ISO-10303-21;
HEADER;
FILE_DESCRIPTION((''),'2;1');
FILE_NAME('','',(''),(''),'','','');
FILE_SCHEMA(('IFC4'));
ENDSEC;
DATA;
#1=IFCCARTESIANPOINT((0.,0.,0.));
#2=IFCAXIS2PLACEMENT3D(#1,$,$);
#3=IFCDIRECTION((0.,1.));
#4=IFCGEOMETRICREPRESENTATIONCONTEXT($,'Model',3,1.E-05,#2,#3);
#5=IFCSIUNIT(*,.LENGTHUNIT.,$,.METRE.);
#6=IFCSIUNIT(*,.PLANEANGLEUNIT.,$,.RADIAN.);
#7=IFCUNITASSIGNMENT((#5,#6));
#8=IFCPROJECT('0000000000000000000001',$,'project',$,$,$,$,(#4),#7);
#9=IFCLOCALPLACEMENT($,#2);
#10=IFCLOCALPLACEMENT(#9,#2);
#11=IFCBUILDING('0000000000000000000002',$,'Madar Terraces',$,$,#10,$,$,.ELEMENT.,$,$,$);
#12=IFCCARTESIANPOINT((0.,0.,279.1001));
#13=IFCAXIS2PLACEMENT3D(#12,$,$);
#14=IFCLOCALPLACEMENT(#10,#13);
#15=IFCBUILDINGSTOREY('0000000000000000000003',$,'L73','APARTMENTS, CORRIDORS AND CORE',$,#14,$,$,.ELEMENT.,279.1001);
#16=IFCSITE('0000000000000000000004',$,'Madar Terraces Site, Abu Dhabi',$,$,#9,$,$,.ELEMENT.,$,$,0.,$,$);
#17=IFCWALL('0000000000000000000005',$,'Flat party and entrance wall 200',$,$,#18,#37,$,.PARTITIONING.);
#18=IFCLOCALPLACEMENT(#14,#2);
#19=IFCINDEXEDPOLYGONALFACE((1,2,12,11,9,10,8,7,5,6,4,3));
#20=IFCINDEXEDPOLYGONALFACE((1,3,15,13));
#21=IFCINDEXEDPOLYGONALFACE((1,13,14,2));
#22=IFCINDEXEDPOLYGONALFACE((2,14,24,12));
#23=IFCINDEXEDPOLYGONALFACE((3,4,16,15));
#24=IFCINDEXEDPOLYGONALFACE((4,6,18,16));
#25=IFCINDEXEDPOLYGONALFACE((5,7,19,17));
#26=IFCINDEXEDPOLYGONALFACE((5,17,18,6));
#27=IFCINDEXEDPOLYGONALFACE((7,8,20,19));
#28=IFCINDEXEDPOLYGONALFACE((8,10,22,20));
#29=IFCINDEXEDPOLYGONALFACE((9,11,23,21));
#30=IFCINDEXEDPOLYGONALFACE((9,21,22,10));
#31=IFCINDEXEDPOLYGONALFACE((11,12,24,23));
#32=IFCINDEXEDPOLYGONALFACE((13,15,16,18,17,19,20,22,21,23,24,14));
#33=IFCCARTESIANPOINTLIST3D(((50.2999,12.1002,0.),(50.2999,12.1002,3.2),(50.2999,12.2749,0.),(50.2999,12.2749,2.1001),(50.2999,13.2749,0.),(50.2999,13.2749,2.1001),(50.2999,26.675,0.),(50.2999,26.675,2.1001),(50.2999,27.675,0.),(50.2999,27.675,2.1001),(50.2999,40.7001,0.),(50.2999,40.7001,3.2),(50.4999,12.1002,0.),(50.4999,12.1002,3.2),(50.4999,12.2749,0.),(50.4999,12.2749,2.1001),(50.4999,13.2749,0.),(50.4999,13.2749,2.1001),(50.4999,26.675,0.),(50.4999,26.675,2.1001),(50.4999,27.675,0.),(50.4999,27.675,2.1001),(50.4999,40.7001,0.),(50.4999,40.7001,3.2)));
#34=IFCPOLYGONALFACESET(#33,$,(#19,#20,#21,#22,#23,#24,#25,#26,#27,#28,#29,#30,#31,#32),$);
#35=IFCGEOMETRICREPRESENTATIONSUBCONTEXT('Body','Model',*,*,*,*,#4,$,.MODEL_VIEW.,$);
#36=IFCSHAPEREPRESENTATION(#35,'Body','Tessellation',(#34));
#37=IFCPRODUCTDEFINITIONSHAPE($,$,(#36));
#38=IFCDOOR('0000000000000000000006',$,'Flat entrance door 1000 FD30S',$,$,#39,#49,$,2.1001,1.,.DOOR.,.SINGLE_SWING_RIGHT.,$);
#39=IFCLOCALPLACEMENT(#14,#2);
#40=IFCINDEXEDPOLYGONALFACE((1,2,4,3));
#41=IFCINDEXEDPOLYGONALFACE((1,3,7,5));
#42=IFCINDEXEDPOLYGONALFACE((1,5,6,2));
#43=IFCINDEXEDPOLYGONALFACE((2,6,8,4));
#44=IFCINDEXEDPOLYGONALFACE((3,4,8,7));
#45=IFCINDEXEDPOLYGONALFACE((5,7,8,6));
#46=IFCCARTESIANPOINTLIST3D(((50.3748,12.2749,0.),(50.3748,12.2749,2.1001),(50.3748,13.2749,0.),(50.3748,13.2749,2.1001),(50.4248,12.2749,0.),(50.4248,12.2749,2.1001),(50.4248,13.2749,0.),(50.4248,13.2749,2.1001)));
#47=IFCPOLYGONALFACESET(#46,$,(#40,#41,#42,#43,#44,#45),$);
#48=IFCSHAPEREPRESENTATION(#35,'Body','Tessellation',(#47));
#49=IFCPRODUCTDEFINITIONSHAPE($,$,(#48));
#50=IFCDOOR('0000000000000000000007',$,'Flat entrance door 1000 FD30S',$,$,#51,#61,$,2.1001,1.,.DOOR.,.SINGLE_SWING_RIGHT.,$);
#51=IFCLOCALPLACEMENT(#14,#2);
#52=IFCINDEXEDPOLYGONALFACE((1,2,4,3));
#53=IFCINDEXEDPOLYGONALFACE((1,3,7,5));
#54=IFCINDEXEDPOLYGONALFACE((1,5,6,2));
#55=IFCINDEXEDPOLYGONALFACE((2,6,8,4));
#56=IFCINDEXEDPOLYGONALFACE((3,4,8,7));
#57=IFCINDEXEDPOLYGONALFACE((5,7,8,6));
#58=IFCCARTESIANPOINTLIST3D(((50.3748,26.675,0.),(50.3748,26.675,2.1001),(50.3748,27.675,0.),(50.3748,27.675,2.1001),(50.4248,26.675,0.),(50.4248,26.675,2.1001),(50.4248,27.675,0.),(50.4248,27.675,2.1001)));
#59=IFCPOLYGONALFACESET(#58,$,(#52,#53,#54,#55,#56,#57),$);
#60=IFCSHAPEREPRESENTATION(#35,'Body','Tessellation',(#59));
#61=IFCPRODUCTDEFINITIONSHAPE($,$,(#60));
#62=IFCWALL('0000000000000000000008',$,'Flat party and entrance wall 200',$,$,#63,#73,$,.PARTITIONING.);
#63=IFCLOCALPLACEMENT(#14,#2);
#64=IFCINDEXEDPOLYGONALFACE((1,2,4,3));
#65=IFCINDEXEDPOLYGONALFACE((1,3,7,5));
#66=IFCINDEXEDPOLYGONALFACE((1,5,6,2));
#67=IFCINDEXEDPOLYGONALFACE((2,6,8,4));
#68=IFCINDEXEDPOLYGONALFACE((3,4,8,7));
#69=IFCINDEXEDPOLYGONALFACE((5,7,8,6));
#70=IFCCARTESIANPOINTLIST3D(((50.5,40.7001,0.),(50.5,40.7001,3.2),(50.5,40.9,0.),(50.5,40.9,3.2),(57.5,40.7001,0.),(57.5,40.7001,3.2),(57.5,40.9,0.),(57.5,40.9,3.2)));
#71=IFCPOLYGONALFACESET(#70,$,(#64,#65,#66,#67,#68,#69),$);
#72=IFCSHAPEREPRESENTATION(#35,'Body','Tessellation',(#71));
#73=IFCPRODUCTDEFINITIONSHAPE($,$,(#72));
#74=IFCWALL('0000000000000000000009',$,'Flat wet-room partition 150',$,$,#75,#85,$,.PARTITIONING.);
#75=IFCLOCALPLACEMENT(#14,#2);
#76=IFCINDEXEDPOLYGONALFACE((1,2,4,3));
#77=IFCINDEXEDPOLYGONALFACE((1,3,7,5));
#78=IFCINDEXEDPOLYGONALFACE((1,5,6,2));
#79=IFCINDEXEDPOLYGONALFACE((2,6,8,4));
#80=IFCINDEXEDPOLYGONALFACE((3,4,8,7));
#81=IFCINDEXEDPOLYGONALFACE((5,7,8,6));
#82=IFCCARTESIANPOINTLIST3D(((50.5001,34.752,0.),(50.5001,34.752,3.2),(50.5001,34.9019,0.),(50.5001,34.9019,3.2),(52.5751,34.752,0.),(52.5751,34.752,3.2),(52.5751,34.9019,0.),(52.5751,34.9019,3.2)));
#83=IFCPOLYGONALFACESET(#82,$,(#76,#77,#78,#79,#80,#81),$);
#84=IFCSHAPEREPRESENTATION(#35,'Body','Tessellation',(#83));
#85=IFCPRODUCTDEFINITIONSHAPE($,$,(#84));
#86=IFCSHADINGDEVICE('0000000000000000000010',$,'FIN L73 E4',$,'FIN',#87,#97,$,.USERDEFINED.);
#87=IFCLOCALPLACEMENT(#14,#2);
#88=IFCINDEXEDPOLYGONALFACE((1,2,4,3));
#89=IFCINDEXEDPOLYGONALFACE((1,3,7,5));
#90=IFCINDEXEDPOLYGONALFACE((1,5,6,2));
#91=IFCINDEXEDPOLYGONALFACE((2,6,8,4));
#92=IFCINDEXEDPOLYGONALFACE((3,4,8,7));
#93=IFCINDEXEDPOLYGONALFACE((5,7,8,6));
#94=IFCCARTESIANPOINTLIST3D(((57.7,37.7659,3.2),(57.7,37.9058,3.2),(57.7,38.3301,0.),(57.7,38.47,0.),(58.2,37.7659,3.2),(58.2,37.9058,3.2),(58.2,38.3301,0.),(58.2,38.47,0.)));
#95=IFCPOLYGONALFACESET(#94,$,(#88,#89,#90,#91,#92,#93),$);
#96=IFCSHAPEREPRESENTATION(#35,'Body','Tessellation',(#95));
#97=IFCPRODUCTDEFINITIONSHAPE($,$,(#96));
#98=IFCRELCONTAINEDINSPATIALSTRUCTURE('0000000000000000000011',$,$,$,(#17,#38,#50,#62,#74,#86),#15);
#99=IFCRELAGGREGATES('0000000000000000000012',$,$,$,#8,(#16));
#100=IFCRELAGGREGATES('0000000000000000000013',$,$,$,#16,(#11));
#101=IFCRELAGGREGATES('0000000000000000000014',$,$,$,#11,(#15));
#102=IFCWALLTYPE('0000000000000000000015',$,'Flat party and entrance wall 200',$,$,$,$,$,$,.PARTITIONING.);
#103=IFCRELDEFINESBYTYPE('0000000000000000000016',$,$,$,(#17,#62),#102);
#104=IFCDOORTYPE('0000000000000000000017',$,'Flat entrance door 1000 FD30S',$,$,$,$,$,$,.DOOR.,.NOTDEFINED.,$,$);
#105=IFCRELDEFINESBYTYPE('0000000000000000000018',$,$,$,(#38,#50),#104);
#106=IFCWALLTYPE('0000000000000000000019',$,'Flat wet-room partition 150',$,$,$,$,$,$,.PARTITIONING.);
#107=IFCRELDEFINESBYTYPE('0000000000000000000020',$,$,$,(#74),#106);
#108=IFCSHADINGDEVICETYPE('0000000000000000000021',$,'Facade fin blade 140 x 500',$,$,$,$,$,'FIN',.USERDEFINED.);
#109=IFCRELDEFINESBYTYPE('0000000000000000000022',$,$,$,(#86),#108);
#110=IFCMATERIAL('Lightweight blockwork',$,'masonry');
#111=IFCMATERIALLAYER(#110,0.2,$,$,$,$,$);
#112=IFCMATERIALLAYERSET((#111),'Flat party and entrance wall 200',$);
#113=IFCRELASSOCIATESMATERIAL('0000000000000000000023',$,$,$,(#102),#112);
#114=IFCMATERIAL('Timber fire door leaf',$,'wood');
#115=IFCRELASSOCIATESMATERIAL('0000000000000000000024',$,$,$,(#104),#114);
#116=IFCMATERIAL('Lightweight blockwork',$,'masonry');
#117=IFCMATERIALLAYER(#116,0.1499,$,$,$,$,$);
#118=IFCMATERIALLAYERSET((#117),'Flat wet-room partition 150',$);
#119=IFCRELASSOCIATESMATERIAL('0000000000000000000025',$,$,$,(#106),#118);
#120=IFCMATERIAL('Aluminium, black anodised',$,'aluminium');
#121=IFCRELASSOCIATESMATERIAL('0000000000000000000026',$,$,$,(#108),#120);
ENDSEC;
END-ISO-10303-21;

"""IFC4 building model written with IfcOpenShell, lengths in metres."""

from ifc_helpers import new_model, si_unit, direction, frame, frame_2d, origin, place, context, subcontext, project, spatial, polyline, rectangle, outline, extrude, material, layer, layer_set, type_object, element, fill, save


model = new_model("IFC4")

# Units and contexts
model_context = context("Model", 3, precision=1e-05, world=origin(), true_north=direction((0.0, 1.0)))
body_context = subcontext(model_context, "Body", "Model", "MODEL_VIEW")
ifc_project = project(units=[si_unit("LENGTHUNIT", "METRE"), si_unit("PLANEANGLEUNIT", "RADIAN")], contexts=[model_context])

# Site, building, storey
site_placement = place(None, origin())
site = spatial("IfcSite", under=ifc_project, at=site_placement, Name="Madar Terraces Site, Abu Dhabi", CompositionType="ELEMENT", RefElevation=0.0)
building_placement = place(site_placement, origin())
building = spatial("IfcBuilding", under=site, at=building_placement, Name="Madar Terraces", CompositionType="ELEMENT")
storey_placement = place(building_placement, frame((0.0, 0.0, 279.1001)))
storey = spatial("IfcBuildingStorey", under=building, at=storey_placement, Name="L73", Description="APARTMENTS, CORRIDORS AND CORE", CompositionType="ELEMENT", Elevation=279.1001)

# Wall, openings, doors
ifc_material_1 = material(Name="Lightweight blockwork", Category="masonry")
ifc_layer_1 = layer(ifc_material_1, 0.2)
ifc_layer_set_1 = layer_set([ifc_layer_1], Name="Flat party and entrance wall 200")
wall_type_1 = type_object("IfcWallType", Name="Flat party and entrance wall 200", PredefinedType="PARTITIONING", material=ifc_layer_set_1)
wall_1_placement = place(storey_placement, frame((50.3999, 40.7, 0.0), z_axis=(0.0, 0.0, 1.0), x_axis=(0.0, -1.0, 0.0)))
wall_1 = element("IfcWall", 1, at=wall_1_placement, inside=storey, type_object=wall_type_1, Name="Flat party and entrance wall 200", PredefinedType="PARTITIONING", context=body_context, shape_type="SweptSolid", body=[
    extrude(rectangle(XDim=28.5999, YDim=0.2, at=frame_2d((14.2998, 0.0))), origin(), (0.0, 0.0, 1.0), 3.2),
])
opening_1_placement = place(wall_1_placement, frame((27.425, 0.0, 0.0)))
opening_1 = element("IfcOpeningElement", 2, at=opening_1_placement, cuts=wall_1, PredefinedType="OPENING", context=body_context, shape_type="SweptSolid", body=[
    extrude(rectangle(XDim=1.0, YDim=2.1001, at=frame_2d((0.5, 1.05))), frame((0.0, 0.1099, 0.0), z_axis=(0.0, -1.0, 0.0), x_axis=(1.0, 0.0, 0.0)), (0.0, 0.0, 1.0), 0.22),
])
opening_2_placement = place(wall_1_placement, frame((13.0249, 0.0, 0.0)))
opening_2 = element("IfcOpeningElement", 3, at=opening_2_placement, cuts=wall_1, PredefinedType="OPENING", context=body_context, shape_type="SweptSolid", body=[
    extrude(rectangle(XDim=1.0, YDim=2.1001, at=frame_2d((0.5, 1.05))), frame((0.0, 0.1099, 0.0), z_axis=(0.0, -1.0, 0.0), x_axis=(1.0, 0.0, 0.0)), (0.0, 0.0, 1.0), 0.22),
])
ifc_material_2 = material(Name="Timber fire door leaf", Category="wood")
door_type_1 = type_object("IfcDoorType", Name="Flat entrance door 1000 FD30S", OperationType="NOTDEFINED", PredefinedType="DOOR", material=ifc_material_2)
door_1_placement = place(opening_1_placement, origin())
door_1 = element("IfcDoor", 4, at=door_1_placement, inside=storey, type_object=door_type_1, Name="Flat entrance door 1000 FD30S", OperationType="SINGLE_SWING_RIGHT", OverallHeight=2.1001, OverallWidth=1.0, PredefinedType="DOOR", context=body_context, shape_type="SweptSolid", body=[
    extrude(rectangle(XDim=1.0, YDim=2.1001, at=frame_2d((0.5, 1.05))), frame((0.0, 0.0249, 0.0), z_axis=(0.0, -1.0, 0.0), x_axis=(1.0, 0.0, 0.0)), (0.0, 0.0, 1.0), 0.05),
])
fill(opening_1, door_1)
door_2_placement = place(opening_2_placement, origin())
door_2 = element("IfcDoor", 5, at=door_2_placement, inside=storey, type_object=door_type_1, Name="Flat entrance door 1000 FD30S", OperationType="SINGLE_SWING_RIGHT", OverallHeight=2.1001, OverallWidth=1.0, PredefinedType="DOOR", context=body_context, shape_type="SweptSolid", body=[
    extrude(rectangle(XDim=1.0, YDim=2.1001, at=frame_2d((0.5, 1.05))), frame((0.0, 0.0249, 0.0), z_axis=(0.0, -1.0, 0.0), x_axis=(1.0, 0.0, 0.0)), (0.0, 0.0, 1.0), 0.05),
])
fill(opening_2, door_2)

# Walls
wall_2_placement = place(storey_placement, frame((50.5, 40.8, 0.0), z_axis=(0.0, 0.0, 1.0), x_axis=(1.0, 0.0, 0.0)))
element("IfcWall", 6, at=wall_2_placement, inside=storey, type_object=wall_type_1, Name="Flat party and entrance wall 200", PredefinedType="PARTITIONING", context=body_context, shape_type="SweptSolid", body=[
    extrude(rectangle(XDim=7.0, YDim=0.2, at=frame_2d((3.5, 0.0))), origin(), (0.0, 0.0, 1.0), 3.2),
])
ifc_material_3 = material(Name="Lightweight blockwork", Category="masonry")
ifc_layer_2 = layer(ifc_material_3, 0.1499)
ifc_layer_set_2 = layer_set([ifc_layer_2], Name="Flat wet-room partition 150")
wall_type_2 = type_object("IfcWallType", Name="Flat wet-room partition 150", PredefinedType="PARTITIONING", material=ifc_layer_set_2)
wall_3_placement = place(storey_placement, frame((50.5, 34.8269, 0.0), z_axis=(0.0, 0.0, 1.0), x_axis=(1.0, 0.0, 0.0)))
element("IfcWall", 7, at=wall_3_placement, inside=storey, type_object=wall_type_2, Name="Flat wet-room partition 150", PredefinedType="PARTITIONING", context=body_context, shape_type="SweptSolid", body=[
    extrude(rectangle(XDim=2.075, YDim=0.1499, at=frame_2d((1.0376, 0.0))), origin(), (0.0, 0.0, 1.0), 3.2),
])

# Shading device
ifc_material_4 = material(Name="Aluminium, black anodised", Category="aluminium")
shading_device_type = type_object("IfcShadingDeviceType", Name="Facade fin blade 140 x 500", ElementType="FIN", PredefinedType="USERDEFINED", material=ifc_material_4)
shading_device_placement = place(storey_placement, frame((57.95, 38.3301, 0.0), z_axis=(0.0, 0.0, 1.0), x_axis=(0.0, 1.0, 0.0)))
element("IfcShadingDevice", 8, at=shading_device_placement, inside=storey, type_object=shading_device_type, Name="FIN L73 E4", ObjectType="FIN", PredefinedType="USERDEFINED", context=body_context, shape_type="SweptSolid", body=[
    extrude(outline(polyline([(0.0, 0.0), (0.1399, 0.0), (-0.4243, 3.2), (-0.5642, 3.2), (0.0, 0.0)])), frame((0.0, 0.25, 0.0), z_axis=(0.0, -1.0, 0.0), x_axis=(1.0, 0.0, 0.0)), (0.0, 0.0, 1.0), 0.5),
])

save(model, "model.ifc")
